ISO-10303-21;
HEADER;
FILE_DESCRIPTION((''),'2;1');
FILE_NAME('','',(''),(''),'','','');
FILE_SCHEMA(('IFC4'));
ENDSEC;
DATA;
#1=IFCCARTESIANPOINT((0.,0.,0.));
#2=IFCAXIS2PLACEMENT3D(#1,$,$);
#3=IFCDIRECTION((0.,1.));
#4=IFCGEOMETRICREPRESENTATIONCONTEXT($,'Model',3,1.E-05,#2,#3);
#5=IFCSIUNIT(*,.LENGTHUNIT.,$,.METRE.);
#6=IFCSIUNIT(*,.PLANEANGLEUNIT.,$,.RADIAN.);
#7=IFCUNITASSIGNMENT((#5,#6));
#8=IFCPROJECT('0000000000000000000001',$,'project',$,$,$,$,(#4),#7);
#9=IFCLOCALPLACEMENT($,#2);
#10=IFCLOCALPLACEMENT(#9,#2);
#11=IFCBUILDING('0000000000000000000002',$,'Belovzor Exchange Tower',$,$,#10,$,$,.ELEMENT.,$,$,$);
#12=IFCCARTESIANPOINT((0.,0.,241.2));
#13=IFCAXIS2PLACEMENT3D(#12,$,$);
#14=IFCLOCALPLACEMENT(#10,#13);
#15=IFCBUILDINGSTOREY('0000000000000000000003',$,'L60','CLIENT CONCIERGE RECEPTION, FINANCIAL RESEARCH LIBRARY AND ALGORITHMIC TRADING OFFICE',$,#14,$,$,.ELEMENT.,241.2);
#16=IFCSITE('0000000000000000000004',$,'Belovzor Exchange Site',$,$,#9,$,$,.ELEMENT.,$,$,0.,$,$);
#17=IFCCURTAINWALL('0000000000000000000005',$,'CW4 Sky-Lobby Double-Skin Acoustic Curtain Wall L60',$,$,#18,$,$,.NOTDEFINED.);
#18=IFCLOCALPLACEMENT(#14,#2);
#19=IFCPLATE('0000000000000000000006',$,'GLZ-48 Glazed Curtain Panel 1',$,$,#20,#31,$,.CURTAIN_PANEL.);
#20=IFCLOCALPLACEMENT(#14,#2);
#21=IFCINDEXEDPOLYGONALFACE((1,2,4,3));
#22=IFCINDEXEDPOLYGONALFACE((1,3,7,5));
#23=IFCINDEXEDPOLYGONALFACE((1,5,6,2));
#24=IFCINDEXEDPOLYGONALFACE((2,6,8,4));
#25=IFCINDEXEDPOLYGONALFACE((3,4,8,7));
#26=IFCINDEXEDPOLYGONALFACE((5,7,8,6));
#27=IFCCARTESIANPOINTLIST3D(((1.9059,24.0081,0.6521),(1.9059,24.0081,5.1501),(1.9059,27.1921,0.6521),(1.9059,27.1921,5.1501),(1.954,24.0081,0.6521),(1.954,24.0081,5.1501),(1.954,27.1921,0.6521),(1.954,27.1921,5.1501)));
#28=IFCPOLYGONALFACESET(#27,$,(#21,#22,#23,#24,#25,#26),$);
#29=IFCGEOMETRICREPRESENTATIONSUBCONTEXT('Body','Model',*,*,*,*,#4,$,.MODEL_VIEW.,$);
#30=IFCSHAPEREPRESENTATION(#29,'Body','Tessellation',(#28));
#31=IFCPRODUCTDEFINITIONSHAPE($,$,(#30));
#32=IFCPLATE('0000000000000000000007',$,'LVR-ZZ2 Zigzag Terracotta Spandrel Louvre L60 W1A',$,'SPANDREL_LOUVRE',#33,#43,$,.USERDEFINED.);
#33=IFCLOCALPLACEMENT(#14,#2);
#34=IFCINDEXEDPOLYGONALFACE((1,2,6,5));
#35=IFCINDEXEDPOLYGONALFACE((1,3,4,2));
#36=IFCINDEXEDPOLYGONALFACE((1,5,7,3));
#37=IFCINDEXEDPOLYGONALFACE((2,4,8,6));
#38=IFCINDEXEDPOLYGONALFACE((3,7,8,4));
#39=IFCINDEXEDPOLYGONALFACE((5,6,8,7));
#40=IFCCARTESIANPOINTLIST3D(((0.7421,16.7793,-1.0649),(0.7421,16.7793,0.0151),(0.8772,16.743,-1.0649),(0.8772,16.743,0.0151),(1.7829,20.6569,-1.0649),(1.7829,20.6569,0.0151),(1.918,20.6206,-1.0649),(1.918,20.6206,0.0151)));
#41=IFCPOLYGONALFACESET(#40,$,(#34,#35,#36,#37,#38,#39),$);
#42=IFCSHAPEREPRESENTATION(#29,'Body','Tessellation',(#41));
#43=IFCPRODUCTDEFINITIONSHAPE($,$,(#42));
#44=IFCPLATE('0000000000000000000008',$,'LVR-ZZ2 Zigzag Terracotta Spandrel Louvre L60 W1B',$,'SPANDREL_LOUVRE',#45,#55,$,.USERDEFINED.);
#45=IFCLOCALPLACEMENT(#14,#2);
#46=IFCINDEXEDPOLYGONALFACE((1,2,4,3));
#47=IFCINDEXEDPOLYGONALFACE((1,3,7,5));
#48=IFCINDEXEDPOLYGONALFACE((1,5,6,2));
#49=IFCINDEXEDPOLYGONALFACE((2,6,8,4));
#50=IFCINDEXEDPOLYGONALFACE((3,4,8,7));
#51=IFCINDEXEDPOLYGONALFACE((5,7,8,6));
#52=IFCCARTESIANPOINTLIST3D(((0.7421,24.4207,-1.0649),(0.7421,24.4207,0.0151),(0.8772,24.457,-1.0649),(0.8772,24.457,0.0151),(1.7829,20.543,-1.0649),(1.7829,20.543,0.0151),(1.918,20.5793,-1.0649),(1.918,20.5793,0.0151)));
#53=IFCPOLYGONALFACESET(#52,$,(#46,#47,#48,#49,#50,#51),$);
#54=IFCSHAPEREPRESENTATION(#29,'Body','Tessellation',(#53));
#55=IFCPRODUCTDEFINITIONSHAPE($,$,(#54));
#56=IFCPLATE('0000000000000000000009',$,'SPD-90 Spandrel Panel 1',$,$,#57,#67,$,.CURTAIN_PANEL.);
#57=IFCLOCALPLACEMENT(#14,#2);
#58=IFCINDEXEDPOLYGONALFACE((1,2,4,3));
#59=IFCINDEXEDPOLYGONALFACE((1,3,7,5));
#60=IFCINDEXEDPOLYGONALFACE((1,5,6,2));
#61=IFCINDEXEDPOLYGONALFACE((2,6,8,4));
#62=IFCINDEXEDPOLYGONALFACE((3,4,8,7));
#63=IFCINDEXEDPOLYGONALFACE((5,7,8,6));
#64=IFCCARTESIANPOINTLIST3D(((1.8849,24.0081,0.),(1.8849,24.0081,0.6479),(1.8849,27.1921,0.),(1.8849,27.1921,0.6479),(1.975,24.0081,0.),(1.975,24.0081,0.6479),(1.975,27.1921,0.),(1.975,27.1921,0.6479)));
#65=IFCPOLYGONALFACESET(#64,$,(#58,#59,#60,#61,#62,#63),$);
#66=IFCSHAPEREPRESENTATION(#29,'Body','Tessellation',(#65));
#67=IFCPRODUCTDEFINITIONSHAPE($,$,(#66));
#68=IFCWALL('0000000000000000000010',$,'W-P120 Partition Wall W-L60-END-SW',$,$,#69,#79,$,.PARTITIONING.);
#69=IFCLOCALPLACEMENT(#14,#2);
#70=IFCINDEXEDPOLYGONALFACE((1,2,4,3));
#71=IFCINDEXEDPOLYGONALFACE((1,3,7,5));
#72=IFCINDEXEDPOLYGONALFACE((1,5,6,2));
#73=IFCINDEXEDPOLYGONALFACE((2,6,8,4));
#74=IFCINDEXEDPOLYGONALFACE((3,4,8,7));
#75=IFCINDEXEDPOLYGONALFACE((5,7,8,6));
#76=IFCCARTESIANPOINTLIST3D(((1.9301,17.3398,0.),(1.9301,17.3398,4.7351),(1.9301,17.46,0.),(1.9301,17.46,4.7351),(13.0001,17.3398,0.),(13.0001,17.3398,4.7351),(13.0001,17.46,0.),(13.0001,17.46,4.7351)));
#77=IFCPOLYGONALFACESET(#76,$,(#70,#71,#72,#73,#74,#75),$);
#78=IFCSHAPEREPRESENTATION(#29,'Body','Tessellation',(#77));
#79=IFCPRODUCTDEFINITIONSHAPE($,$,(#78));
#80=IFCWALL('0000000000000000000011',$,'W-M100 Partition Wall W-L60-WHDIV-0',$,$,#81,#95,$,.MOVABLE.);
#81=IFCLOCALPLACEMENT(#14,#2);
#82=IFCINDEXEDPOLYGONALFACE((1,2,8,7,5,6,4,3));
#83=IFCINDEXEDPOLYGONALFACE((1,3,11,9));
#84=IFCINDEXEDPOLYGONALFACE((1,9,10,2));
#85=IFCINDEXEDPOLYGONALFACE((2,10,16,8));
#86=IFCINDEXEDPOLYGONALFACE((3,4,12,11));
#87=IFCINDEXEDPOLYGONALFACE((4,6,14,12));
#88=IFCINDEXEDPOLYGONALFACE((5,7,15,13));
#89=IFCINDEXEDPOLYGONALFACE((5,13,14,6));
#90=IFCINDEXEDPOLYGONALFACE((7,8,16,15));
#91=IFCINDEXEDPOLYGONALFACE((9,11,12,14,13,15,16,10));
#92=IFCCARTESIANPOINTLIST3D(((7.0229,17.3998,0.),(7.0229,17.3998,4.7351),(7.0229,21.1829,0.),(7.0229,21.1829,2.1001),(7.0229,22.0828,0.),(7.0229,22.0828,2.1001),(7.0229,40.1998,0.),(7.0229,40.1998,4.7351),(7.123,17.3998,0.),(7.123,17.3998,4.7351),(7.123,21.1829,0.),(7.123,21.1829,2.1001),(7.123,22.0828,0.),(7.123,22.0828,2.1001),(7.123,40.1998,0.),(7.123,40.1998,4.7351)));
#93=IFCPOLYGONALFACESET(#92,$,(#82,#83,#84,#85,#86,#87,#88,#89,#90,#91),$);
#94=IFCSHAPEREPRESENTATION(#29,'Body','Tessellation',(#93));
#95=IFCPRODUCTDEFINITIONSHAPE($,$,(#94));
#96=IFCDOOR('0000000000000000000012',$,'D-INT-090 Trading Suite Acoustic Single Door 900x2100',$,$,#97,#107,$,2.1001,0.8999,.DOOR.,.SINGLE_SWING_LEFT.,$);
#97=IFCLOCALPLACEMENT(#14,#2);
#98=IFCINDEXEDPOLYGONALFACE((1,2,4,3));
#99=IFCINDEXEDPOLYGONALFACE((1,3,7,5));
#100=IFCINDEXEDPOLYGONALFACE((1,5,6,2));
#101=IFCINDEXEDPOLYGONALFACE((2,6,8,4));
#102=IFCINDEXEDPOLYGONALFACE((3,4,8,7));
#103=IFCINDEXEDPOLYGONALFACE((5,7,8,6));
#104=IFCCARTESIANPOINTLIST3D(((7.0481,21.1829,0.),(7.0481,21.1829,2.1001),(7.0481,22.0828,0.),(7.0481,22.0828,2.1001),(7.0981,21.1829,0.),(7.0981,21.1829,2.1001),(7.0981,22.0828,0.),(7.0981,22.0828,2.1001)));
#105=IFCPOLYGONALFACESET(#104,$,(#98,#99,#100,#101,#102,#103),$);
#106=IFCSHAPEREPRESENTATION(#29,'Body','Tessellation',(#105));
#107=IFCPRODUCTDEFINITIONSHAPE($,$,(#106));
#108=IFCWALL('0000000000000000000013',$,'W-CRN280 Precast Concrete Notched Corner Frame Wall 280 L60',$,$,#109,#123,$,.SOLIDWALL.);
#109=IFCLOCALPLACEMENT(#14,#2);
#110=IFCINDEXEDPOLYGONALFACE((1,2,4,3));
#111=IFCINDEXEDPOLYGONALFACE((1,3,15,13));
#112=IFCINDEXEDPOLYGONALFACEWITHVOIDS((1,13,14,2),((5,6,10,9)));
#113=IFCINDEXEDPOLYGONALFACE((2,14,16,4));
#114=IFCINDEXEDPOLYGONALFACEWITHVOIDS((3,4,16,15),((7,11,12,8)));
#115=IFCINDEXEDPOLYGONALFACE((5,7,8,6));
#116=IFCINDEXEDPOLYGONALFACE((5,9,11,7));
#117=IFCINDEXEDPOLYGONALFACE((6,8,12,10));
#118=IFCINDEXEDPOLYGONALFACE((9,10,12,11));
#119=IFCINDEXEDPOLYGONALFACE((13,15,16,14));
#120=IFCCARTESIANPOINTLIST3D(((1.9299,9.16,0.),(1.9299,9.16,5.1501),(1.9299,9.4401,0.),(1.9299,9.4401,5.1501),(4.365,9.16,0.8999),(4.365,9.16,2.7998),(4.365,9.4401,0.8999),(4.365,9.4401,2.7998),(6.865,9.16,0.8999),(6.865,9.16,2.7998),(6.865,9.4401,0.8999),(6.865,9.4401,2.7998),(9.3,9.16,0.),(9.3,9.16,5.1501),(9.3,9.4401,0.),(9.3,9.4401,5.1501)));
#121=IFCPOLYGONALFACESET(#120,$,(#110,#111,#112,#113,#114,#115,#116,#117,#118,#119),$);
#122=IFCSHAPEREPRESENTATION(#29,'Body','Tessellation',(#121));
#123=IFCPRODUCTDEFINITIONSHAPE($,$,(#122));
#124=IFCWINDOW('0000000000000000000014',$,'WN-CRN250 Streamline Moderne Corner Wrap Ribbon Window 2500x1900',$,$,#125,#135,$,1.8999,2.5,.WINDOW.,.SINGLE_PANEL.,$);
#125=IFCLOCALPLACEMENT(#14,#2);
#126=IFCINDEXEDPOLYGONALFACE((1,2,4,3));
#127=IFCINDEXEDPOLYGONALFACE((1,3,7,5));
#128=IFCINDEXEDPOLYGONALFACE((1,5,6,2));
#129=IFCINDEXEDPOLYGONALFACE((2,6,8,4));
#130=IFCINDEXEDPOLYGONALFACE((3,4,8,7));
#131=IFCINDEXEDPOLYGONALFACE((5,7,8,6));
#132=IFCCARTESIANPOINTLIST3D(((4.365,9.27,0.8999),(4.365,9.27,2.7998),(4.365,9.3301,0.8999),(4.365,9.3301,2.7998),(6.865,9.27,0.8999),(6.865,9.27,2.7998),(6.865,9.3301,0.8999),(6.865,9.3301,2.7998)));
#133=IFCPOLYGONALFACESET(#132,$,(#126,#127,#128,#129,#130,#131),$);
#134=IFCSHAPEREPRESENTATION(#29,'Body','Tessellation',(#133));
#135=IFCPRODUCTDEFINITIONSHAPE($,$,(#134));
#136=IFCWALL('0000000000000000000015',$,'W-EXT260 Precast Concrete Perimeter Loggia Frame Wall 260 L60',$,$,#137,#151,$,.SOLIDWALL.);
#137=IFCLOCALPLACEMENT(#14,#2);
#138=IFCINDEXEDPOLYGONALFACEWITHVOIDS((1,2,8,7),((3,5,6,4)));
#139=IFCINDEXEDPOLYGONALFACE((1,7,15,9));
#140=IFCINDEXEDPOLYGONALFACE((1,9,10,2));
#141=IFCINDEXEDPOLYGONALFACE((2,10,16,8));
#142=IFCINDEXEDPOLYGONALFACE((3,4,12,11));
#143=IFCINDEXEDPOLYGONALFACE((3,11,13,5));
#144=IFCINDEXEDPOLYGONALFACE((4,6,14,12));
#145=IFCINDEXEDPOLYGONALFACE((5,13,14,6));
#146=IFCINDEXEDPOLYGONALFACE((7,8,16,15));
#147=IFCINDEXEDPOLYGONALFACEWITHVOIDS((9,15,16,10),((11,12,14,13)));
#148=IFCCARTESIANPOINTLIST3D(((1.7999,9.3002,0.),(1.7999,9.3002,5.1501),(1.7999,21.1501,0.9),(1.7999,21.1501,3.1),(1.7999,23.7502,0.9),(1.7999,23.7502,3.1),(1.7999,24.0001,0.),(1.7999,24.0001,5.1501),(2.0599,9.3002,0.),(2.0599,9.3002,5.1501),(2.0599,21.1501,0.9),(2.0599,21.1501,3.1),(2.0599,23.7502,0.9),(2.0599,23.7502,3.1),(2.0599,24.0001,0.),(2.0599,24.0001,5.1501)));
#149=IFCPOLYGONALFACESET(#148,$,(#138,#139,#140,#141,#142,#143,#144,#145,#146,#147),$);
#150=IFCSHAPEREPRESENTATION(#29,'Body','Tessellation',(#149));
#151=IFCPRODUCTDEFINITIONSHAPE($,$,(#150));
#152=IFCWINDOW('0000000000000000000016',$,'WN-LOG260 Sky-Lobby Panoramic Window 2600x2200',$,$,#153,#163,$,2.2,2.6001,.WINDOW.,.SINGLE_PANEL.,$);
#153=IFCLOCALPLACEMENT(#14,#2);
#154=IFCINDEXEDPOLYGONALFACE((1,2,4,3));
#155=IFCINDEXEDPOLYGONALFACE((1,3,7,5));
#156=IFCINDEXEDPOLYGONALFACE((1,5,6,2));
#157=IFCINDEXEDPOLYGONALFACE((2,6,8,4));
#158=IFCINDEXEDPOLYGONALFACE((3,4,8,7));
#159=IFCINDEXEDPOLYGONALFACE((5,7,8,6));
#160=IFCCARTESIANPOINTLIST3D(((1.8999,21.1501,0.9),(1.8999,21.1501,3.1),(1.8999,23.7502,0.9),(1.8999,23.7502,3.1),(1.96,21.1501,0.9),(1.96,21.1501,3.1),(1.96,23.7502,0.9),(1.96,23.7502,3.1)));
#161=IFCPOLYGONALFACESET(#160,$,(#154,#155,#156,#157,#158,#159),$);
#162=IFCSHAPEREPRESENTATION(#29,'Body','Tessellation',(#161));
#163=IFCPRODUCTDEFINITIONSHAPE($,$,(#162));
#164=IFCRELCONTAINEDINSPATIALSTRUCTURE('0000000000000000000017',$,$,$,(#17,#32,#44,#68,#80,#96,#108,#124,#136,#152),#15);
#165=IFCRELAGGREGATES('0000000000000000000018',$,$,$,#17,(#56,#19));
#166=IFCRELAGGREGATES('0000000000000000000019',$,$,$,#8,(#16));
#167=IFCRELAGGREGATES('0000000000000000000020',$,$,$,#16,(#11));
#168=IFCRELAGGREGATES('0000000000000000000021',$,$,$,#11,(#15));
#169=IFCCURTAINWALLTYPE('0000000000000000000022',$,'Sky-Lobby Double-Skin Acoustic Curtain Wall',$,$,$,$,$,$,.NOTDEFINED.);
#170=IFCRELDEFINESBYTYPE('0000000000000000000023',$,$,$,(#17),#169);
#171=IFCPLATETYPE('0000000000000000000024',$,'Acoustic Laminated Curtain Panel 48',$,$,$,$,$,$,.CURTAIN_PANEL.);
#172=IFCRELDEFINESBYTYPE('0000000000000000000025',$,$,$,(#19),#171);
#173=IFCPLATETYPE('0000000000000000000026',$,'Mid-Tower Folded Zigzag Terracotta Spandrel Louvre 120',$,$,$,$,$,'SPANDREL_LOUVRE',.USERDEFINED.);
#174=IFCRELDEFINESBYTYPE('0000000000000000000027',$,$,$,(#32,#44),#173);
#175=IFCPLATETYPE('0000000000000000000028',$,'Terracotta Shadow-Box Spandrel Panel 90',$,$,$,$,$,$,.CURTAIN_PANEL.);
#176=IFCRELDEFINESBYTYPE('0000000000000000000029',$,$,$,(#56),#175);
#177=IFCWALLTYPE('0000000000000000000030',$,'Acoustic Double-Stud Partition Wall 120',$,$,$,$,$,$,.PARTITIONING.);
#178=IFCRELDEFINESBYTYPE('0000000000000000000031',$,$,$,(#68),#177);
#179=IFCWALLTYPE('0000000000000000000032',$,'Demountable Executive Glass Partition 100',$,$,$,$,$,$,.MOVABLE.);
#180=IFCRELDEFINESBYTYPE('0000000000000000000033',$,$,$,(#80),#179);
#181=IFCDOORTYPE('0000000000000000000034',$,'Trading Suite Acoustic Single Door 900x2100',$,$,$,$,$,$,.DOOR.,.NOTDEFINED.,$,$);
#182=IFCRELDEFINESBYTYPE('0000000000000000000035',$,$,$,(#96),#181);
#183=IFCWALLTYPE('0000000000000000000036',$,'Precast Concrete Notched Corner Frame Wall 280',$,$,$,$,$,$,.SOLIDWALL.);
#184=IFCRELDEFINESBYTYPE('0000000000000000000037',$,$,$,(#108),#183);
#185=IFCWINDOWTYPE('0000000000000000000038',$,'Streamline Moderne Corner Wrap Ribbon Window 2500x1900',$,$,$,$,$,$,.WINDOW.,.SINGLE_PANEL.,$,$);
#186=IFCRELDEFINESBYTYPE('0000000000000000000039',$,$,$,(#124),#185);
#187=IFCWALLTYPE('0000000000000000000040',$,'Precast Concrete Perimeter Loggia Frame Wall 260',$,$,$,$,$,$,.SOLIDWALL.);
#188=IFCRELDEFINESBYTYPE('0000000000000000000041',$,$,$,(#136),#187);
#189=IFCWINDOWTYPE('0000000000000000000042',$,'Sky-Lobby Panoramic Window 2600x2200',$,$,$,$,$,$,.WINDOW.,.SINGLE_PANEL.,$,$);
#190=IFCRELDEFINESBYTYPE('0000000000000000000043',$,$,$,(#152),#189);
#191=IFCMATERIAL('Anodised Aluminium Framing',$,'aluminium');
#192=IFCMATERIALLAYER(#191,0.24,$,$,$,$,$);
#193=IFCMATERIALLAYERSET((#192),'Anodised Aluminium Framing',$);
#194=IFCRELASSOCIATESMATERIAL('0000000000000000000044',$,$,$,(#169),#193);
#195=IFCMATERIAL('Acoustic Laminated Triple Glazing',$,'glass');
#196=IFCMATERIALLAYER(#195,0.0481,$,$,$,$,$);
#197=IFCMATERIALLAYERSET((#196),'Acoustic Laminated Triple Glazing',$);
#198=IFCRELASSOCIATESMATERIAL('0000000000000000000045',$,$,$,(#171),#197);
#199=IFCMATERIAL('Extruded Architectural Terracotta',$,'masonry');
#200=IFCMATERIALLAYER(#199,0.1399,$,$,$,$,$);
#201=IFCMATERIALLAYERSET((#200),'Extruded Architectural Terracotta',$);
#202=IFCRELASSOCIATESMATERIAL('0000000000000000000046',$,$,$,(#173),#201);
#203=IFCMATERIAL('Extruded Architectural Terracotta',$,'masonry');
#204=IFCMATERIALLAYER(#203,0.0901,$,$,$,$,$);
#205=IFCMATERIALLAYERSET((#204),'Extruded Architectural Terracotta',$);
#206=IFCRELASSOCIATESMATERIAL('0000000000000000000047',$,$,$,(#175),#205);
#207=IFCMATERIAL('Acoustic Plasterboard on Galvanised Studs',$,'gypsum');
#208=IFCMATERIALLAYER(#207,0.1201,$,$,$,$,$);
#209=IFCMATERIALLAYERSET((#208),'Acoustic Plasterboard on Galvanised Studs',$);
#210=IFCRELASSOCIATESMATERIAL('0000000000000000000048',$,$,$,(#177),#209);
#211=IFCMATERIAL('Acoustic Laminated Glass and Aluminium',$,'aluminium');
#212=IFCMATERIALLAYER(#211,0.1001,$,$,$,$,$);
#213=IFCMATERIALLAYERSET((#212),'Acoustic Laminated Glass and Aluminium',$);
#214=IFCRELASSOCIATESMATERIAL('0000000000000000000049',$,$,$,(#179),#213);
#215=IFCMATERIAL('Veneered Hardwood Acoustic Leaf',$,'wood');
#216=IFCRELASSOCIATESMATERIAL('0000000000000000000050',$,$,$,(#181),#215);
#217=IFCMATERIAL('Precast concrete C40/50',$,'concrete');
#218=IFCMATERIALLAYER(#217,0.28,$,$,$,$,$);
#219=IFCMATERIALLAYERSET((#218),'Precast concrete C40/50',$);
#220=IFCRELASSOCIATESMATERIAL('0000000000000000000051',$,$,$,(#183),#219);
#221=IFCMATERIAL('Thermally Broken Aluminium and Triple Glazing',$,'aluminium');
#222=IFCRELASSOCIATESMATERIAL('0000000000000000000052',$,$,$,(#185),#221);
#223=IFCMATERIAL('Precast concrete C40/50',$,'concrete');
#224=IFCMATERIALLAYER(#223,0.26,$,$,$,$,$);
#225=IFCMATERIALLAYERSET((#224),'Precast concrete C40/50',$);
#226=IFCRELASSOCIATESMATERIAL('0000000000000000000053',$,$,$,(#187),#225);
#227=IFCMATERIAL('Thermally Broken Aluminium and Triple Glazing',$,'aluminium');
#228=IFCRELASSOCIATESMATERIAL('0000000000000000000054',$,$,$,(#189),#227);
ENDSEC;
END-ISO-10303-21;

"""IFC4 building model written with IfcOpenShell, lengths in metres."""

from ifc_helpers import new_model, si_unit, direction, frame, frame_2d, origin, origin_2d, place, context, subcontext, project, spatial, rectangle, extrude, material, layer, layer_set, type_object, element, fill, aggregate, save


model = new_model("IFC4")

# Units and contexts
model_context = context("Model", 3, precision=1e-05, world=origin(), true_north=direction((0.0, 1.0)))
body_context = subcontext(model_context, "Body", "Model", "MODEL_VIEW")
ifc_project = project(units=[si_unit("LENGTHUNIT", "METRE"), si_unit("PLANEANGLEUNIT", "RADIAN")], contexts=[model_context])

# Site, building, storey
site_placement = place(None, origin())
site = spatial("IfcSite", under=ifc_project, at=site_placement, Name="Belovzor Exchange Site", CompositionType="ELEMENT", RefElevation=0.0)
building_placement = place(site_placement, origin())
building = spatial("IfcBuilding", under=site, at=building_placement, Name="Belovzor Exchange Tower", CompositionType="ELEMENT")
storey_placement = place(building_placement, frame((0.0, 0.0, 241.2)))
storey = spatial("IfcBuildingStorey", under=building, at=storey_placement, Name="L60", Description="CLIENT CONCIERGE RECEPTION, FINANCIAL RESEARCH LIBRARY AND ALGORITHMIC TRADING OFFICE", CompositionType="ELEMENT", Elevation=241.2)

# Curtain wall
ifc_material_1 = material(Name="Anodised Aluminium Framing", Category="aluminium")
ifc_layer_1 = layer(ifc_material_1, 0.24)
ifc_layer_set_1 = layer_set([ifc_layer_1], Name="Anodised Aluminium Framing")
curtain_wall_type_1 = type_object("IfcCurtainWallType", Name="Sky-Lobby Double-Skin Acoustic Curtain Wall", PredefinedType="NOTDEFINED", material=ifc_layer_set_1)
curtain_wall_1_placement = place(storey_placement, origin())
curtain_wall_1 = element("IfcCurtainWall", 1, at=curtain_wall_1_placement, inside=storey, type_object=curtain_wall_type_1, Name="CW4 Sky-Lobby Double-Skin Acoustic Curtain Wall L60", PredefinedType="NOTDEFINED")

# Plate
ifc_material_2 = material(Name="Acoustic Laminated Triple Glazing", Category="glass")
ifc_layer_2 = layer(ifc_material_2, 0.0481)
ifc_layer_set_2 = layer_set([ifc_layer_2], Name="Acoustic Laminated Triple Glazing")
plate_type_1 = type_object("IfcPlateType", Name="Acoustic Laminated Curtain Panel 48", PredefinedType="CURTAIN_PANEL", material=ifc_layer_set_2)
plate_1_placement = place(storey_placement, frame((1.9299, 25.6001, 0.6521), z_axis=(0.0, 0.0, 1.0), x_axis=(0.0, 1.0, 0.0)))
plate_1 = element("IfcPlate", 2, at=plate_1_placement, type_object=plate_type_1, Name="GLZ-48 Glazed Curtain Panel 1", PredefinedType="CURTAIN_PANEL", context=body_context, shape_type="SweptSolid", body=[
    extrude(rectangle(XDim=3.1841, YDim=0.0481, at=origin_2d()), origin(), (0.0, 0.0, 1.0), 4.498),
])

# Plates
ifc_material_3 = material(Name="Extruded Architectural Terracotta", Category="masonry")
ifc_layer_3 = layer(ifc_material_3, 0.1399)
ifc_layer_set_3 = layer_set([ifc_layer_3], Name="Extruded Architectural Terracotta")
plate_type_2 = type_object("IfcPlateType", Name="Mid-Tower Folded Zigzag Terracotta Spandrel Louvre 120", ElementType="SPANDREL_LOUVRE", PredefinedType="USERDEFINED", material=ifc_layer_set_3)
for number, where, z_axis, x_axis, name in (
    (3, (1.3301, 18.7, -1.0649), (0.0, 0.0, 1.0), (0.25924, 0.965813, 0.0), "LVR-ZZ2 Zigzag Terracotta Spandrel Louvre L60 W1A"),
    (4, (1.3301, 22.5, -1.0649), (0.0, 0.0, 1.0), (-0.25924, 0.965813, 0.0), "LVR-ZZ2 Zigzag Terracotta Spandrel Louvre L60 W1B"),
):
    element("IfcPlate", number, at=place(storey_placement, frame(where, z_axis=z_axis, x_axis=x_axis)), inside=storey, type_object=plate_type_2, Name=name, ObjectType="SPANDREL_LOUVRE", PredefinedType="USERDEFINED", context=body_context, shape_type="SweptSolid", body=[
        extrude(rectangle(XDim=4.0149, YDim=0.1399, at=origin_2d()), origin(), (0.0, 0.0, 1.0), 1.0801),
    ])

# Plate
ifc_material_4 = material(Name="Extruded Architectural Terracotta", Category="masonry")
ifc_layer_4 = layer(ifc_material_4, 0.0901)
ifc_layer_set_4 = layer_set([ifc_layer_4], Name="Extruded Architectural Terracotta")
plate_type_3 = type_object("IfcPlateType", Name="Terracotta Shadow-Box Spandrel Panel 90", PredefinedType="CURTAIN_PANEL", material=ifc_layer_set_4)
plate_2_placement = place(storey_placement, frame((1.9299, 25.6001, 0.0), z_axis=(0.0, 0.0, 1.0), x_axis=(0.0, 1.0, 0.0)))
plate_2 = element("IfcPlate", 5, at=plate_2_placement, type_object=plate_type_3, Name="SPD-90 Spandrel Panel 1", PredefinedType="CURTAIN_PANEL", context=body_context, shape_type="SweptSolid", body=[
    extrude(rectangle(XDim=3.1841, YDim=0.0901, at=origin_2d()), origin(), (0.0, 0.0, 1.0), 0.6479),
])
aggregate(curtain_wall_1, [plate_2, plate_1])

# Wall
ifc_material_5 = material(Name="Acoustic Plasterboard on Galvanised Studs", Category="gypsum")
ifc_layer_5 = layer(ifc_material_5, 0.1201)
ifc_layer_set_5 = layer_set([ifc_layer_5], Name="Acoustic Plasterboard on Galvanised Studs")
wall_type_1 = type_object("IfcWallType", Name="Acoustic Double-Stud Partition Wall 120", PredefinedType="PARTITIONING", material=ifc_layer_set_5)
wall_1_placement = place(storey_placement, frame((1.9299, 17.3999, 0.0), z_axis=(0.0, 0.0, 1.0), x_axis=(1.0, 0.0, 0.0)))
element("IfcWall", 6, at=wall_1_placement, inside=storey, type_object=wall_type_1, Name="W-P120 Partition Wall W-L60-END-SW", PredefinedType="PARTITIONING", context=body_context, shape_type="SweptSolid", body=[
    extrude(rectangle(XDim=11.0701, YDim=0.1201, at=frame_2d((5.5352, 0.0))), origin(), (0.0, 0.0, 1.0), 4.7351),
])

# Wall, opening, door
ifc_material_6 = material(Name="Acoustic Laminated Glass and Aluminium", Category="aluminium")
ifc_layer_6 = layer(ifc_material_6, 0.1001)
ifc_layer_set_6 = layer_set([ifc_layer_6], Name="Acoustic Laminated Glass and Aluminium")
wall_type_2 = type_object("IfcWallType", Name="Demountable Executive Glass Partition 100", PredefinedType="MOVABLE", material=ifc_layer_set_6)
wall_2_placement = place(storey_placement, frame((7.073, 17.3999, 0.0), z_axis=(0.0, 0.0, 1.0), x_axis=(0.0, 1.0, 0.0)))
wall_2 = element("IfcWall", 7, at=wall_2_placement, inside=storey, type_object=wall_type_2, Name="W-M100 Partition Wall W-L60-WHDIV-0", PredefinedType="MOVABLE", context=body_context, shape_type="SweptSolid", body=[
    extrude(rectangle(XDim=22.8, YDim=0.1001, at=frame_2d((11.3999, 0.0))), origin(), (0.0, 0.0, 1.0), 4.7351),
])
opening_1_placement = place(wall_2_placement, frame((3.783, 0.0, 0.0)))
opening_1 = element("IfcOpeningElement", 8, at=opening_1_placement, cuts=wall_2, PredefinedType="OPENING", context=body_context, shape_type="SweptSolid", body=[
    extrude(rectangle(XDim=0.8999, YDim=2.1001, at=frame_2d((0.45, 1.05))), frame((0.0, 0.0601, 0.0), z_axis=(0.0, -1.0, 0.0), x_axis=(1.0, 0.0, 0.0)), (0.0, 0.0, 1.0), 0.1201),
])
ifc_material_7 = material(Name="Veneered Hardwood Acoustic Leaf", Category="wood")
door_type = type_object("IfcDoorType", Name="Trading Suite Acoustic Single Door 900x2100", OperationType="NOTDEFINED", PredefinedType="DOOR", material=ifc_material_7)
door_placement = place(opening_1_placement, origin())
door = element("IfcDoor", 9, at=door_placement, inside=storey, type_object=door_type, Name="D-INT-090 Trading Suite Acoustic Single Door 900x2100", OperationType="SINGLE_SWING_LEFT", OverallHeight=2.1001, OverallWidth=0.8999, PredefinedType="DOOR", context=body_context, shape_type="SweptSolid", body=[
    extrude(rectangle(XDim=0.8999, YDim=2.1001, at=frame_2d((0.45, 1.05))), frame((0.0, 0.0249, 0.0), z_axis=(0.0, -1.0, 0.0), x_axis=(1.0, 0.0, 0.0)), (0.0, 0.0, 1.0), 0.05),
])
fill(opening_1, door)

# Walls, openings, windows
ifc_material_8 = material(Name="Precast concrete C40/50", Category="concrete")
ifc_layer_7 = layer(ifc_material_8, 0.28)
ifc_layer_set_7 = layer_set([ifc_layer_7], Name="Precast concrete C40/50")
wall_type_3 = type_object("IfcWallType", Name="Precast Concrete Notched Corner Frame Wall 280", PredefinedType="SOLIDWALL", material=ifc_layer_set_7)
wall_3_placement = place(storey_placement, frame((9.3, 9.3, 0.0), z_axis=(0.0, 0.0, 1.0), x_axis=(-1.0, 0.0, 0.0)))
wall_3 = element("IfcWall", 10, at=wall_3_placement, inside=storey, type_object=wall_type_3, Name="W-CRN280 Precast Concrete Notched Corner Frame Wall 280 L60", PredefinedType="SOLIDWALL", context=body_context, shape_type="SweptSolid", body=[
    extrude(rectangle(XDim=7.3701, YDim=0.28, at=frame_2d((3.6851, 0.0))), origin(), (0.0, 0.0, 1.0), 5.1501),
])
opening_2_placement = place(wall_3_placement, frame((2.4351, 0.0, 0.8999)))
opening_2 = element("IfcOpeningElement", 11, at=opening_2_placement, cuts=wall_3, PredefinedType="OPENING", context=body_context, shape_type="SweptSolid", body=[
    extrude(rectangle(XDim=2.5, YDim=1.8999, at=frame_2d((1.25, 0.95))), frame((0.0, 0.1499, 0.0), z_axis=(0.0, -1.0, 0.0), x_axis=(1.0, 0.0, 0.0)), (0.0, 0.0, 1.0), 0.3),
])
ifc_material_9 = material(Name="Thermally Broken Aluminium and Triple Glazing", Category="aluminium")
window_type_1 = type_object("IfcWindowType", Name="Streamline Moderne Corner Wrap Ribbon Window 2500x1900", PartitioningType="SINGLE_PANEL", PredefinedType="WINDOW", material=ifc_material_9)
window_1_placement = place(opening_2_placement, origin())
window_1 = element("IfcWindow", 12, at=window_1_placement, inside=storey, type_object=window_type_1, Name="WN-CRN250 Streamline Moderne Corner Wrap Ribbon Window 2500x1900", OverallHeight=1.8999, OverallWidth=2.5, PartitioningType="SINGLE_PANEL", PredefinedType="WINDOW", context=body_context, shape_type="SweptSolid", body=[
    extrude(rectangle(XDim=2.5, YDim=1.8999, at=frame_2d((1.25, 0.95))), frame((0.0, 0.03, 0.0), z_axis=(0.0, -1.0, 0.0), x_axis=(1.0, 0.0, 0.0)), (0.0, 0.0, 1.0), 0.0601),
])
fill(opening_2, window_1)
ifc_material_10 = material(Name="Precast concrete C40/50", Category="concrete")
ifc_layer_8 = layer(ifc_material_10, 0.26)
ifc_layer_set_8 = layer_set([ifc_layer_8], Name="Precast concrete C40/50")
wall_type_4 = type_object("IfcWallType", Name="Precast Concrete Perimeter Loggia Frame Wall 260", PredefinedType="SOLIDWALL", material=ifc_layer_set_8)
wall_4_placement = place(storey_placement, frame((1.9299, 9.3, 0.0), z_axis=(0.0, 0.0, 1.0), x_axis=(0.0, 1.0, 0.0)))
wall_4 = element("IfcWall", 13, at=wall_4_placement, inside=storey, type_object=wall_type_4, Name="W-EXT260 Precast Concrete Perimeter Loggia Frame Wall 260 L60", PredefinedType="SOLIDWALL", context=body_context, shape_type="SweptSolid", body=[
    extrude(rectangle(XDim=14.7, YDim=0.26, at=frame_2d((7.3501, 0.0))), origin(), (0.0, 0.0, 1.0), 5.1501),
])
opening_3_placement = place(wall_4_placement, frame((11.8501, 0.0, 0.8999)))
opening_3 = element("IfcOpeningElement", 14, at=opening_3_placement, cuts=wall_4, PredefinedType="OPENING", context=body_context, shape_type="SweptSolid", body=[
    extrude(rectangle(XDim=2.6001, YDim=2.2, at=frame_2d((1.3, 1.1001))), frame((0.0, 0.1399, 0.0), z_axis=(0.0, -1.0, 0.0), x_axis=(1.0, 0.0, 0.0)), (0.0, 0.0, 1.0), 0.28),
])
ifc_material_11 = material(Name="Thermally Broken Aluminium and Triple Glazing", Category="aluminium")
window_type_2 = type_object("IfcWindowType", Name="Sky-Lobby Panoramic Window 2600x2200", PartitioningType="SINGLE_PANEL", PredefinedType="WINDOW", material=ifc_material_11)
window_2_placement = place(opening_3_placement, origin())
window_2 = element("IfcWindow", 15, at=window_2_placement, inside=storey, type_object=window_type_2, Name="WN-LOG260 Sky-Lobby Panoramic Window 2600x2200", OverallHeight=2.2, OverallWidth=2.6001, PartitioningType="SINGLE_PANEL", PredefinedType="WINDOW", context=body_context, shape_type="SweptSolid", body=[
    extrude(rectangle(XDim=2.6001, YDim=2.2, at=frame_2d((1.3, 1.1001))), frame((0.0, 0.03, 0.0), z_axis=(0.0, -1.0, 0.0), x_axis=(1.0, 0.0, 0.0)), (0.0, 0.0, 1.0), 0.0601),
])
fill(opening_3, window_2)

save(model, "model.ifc")
